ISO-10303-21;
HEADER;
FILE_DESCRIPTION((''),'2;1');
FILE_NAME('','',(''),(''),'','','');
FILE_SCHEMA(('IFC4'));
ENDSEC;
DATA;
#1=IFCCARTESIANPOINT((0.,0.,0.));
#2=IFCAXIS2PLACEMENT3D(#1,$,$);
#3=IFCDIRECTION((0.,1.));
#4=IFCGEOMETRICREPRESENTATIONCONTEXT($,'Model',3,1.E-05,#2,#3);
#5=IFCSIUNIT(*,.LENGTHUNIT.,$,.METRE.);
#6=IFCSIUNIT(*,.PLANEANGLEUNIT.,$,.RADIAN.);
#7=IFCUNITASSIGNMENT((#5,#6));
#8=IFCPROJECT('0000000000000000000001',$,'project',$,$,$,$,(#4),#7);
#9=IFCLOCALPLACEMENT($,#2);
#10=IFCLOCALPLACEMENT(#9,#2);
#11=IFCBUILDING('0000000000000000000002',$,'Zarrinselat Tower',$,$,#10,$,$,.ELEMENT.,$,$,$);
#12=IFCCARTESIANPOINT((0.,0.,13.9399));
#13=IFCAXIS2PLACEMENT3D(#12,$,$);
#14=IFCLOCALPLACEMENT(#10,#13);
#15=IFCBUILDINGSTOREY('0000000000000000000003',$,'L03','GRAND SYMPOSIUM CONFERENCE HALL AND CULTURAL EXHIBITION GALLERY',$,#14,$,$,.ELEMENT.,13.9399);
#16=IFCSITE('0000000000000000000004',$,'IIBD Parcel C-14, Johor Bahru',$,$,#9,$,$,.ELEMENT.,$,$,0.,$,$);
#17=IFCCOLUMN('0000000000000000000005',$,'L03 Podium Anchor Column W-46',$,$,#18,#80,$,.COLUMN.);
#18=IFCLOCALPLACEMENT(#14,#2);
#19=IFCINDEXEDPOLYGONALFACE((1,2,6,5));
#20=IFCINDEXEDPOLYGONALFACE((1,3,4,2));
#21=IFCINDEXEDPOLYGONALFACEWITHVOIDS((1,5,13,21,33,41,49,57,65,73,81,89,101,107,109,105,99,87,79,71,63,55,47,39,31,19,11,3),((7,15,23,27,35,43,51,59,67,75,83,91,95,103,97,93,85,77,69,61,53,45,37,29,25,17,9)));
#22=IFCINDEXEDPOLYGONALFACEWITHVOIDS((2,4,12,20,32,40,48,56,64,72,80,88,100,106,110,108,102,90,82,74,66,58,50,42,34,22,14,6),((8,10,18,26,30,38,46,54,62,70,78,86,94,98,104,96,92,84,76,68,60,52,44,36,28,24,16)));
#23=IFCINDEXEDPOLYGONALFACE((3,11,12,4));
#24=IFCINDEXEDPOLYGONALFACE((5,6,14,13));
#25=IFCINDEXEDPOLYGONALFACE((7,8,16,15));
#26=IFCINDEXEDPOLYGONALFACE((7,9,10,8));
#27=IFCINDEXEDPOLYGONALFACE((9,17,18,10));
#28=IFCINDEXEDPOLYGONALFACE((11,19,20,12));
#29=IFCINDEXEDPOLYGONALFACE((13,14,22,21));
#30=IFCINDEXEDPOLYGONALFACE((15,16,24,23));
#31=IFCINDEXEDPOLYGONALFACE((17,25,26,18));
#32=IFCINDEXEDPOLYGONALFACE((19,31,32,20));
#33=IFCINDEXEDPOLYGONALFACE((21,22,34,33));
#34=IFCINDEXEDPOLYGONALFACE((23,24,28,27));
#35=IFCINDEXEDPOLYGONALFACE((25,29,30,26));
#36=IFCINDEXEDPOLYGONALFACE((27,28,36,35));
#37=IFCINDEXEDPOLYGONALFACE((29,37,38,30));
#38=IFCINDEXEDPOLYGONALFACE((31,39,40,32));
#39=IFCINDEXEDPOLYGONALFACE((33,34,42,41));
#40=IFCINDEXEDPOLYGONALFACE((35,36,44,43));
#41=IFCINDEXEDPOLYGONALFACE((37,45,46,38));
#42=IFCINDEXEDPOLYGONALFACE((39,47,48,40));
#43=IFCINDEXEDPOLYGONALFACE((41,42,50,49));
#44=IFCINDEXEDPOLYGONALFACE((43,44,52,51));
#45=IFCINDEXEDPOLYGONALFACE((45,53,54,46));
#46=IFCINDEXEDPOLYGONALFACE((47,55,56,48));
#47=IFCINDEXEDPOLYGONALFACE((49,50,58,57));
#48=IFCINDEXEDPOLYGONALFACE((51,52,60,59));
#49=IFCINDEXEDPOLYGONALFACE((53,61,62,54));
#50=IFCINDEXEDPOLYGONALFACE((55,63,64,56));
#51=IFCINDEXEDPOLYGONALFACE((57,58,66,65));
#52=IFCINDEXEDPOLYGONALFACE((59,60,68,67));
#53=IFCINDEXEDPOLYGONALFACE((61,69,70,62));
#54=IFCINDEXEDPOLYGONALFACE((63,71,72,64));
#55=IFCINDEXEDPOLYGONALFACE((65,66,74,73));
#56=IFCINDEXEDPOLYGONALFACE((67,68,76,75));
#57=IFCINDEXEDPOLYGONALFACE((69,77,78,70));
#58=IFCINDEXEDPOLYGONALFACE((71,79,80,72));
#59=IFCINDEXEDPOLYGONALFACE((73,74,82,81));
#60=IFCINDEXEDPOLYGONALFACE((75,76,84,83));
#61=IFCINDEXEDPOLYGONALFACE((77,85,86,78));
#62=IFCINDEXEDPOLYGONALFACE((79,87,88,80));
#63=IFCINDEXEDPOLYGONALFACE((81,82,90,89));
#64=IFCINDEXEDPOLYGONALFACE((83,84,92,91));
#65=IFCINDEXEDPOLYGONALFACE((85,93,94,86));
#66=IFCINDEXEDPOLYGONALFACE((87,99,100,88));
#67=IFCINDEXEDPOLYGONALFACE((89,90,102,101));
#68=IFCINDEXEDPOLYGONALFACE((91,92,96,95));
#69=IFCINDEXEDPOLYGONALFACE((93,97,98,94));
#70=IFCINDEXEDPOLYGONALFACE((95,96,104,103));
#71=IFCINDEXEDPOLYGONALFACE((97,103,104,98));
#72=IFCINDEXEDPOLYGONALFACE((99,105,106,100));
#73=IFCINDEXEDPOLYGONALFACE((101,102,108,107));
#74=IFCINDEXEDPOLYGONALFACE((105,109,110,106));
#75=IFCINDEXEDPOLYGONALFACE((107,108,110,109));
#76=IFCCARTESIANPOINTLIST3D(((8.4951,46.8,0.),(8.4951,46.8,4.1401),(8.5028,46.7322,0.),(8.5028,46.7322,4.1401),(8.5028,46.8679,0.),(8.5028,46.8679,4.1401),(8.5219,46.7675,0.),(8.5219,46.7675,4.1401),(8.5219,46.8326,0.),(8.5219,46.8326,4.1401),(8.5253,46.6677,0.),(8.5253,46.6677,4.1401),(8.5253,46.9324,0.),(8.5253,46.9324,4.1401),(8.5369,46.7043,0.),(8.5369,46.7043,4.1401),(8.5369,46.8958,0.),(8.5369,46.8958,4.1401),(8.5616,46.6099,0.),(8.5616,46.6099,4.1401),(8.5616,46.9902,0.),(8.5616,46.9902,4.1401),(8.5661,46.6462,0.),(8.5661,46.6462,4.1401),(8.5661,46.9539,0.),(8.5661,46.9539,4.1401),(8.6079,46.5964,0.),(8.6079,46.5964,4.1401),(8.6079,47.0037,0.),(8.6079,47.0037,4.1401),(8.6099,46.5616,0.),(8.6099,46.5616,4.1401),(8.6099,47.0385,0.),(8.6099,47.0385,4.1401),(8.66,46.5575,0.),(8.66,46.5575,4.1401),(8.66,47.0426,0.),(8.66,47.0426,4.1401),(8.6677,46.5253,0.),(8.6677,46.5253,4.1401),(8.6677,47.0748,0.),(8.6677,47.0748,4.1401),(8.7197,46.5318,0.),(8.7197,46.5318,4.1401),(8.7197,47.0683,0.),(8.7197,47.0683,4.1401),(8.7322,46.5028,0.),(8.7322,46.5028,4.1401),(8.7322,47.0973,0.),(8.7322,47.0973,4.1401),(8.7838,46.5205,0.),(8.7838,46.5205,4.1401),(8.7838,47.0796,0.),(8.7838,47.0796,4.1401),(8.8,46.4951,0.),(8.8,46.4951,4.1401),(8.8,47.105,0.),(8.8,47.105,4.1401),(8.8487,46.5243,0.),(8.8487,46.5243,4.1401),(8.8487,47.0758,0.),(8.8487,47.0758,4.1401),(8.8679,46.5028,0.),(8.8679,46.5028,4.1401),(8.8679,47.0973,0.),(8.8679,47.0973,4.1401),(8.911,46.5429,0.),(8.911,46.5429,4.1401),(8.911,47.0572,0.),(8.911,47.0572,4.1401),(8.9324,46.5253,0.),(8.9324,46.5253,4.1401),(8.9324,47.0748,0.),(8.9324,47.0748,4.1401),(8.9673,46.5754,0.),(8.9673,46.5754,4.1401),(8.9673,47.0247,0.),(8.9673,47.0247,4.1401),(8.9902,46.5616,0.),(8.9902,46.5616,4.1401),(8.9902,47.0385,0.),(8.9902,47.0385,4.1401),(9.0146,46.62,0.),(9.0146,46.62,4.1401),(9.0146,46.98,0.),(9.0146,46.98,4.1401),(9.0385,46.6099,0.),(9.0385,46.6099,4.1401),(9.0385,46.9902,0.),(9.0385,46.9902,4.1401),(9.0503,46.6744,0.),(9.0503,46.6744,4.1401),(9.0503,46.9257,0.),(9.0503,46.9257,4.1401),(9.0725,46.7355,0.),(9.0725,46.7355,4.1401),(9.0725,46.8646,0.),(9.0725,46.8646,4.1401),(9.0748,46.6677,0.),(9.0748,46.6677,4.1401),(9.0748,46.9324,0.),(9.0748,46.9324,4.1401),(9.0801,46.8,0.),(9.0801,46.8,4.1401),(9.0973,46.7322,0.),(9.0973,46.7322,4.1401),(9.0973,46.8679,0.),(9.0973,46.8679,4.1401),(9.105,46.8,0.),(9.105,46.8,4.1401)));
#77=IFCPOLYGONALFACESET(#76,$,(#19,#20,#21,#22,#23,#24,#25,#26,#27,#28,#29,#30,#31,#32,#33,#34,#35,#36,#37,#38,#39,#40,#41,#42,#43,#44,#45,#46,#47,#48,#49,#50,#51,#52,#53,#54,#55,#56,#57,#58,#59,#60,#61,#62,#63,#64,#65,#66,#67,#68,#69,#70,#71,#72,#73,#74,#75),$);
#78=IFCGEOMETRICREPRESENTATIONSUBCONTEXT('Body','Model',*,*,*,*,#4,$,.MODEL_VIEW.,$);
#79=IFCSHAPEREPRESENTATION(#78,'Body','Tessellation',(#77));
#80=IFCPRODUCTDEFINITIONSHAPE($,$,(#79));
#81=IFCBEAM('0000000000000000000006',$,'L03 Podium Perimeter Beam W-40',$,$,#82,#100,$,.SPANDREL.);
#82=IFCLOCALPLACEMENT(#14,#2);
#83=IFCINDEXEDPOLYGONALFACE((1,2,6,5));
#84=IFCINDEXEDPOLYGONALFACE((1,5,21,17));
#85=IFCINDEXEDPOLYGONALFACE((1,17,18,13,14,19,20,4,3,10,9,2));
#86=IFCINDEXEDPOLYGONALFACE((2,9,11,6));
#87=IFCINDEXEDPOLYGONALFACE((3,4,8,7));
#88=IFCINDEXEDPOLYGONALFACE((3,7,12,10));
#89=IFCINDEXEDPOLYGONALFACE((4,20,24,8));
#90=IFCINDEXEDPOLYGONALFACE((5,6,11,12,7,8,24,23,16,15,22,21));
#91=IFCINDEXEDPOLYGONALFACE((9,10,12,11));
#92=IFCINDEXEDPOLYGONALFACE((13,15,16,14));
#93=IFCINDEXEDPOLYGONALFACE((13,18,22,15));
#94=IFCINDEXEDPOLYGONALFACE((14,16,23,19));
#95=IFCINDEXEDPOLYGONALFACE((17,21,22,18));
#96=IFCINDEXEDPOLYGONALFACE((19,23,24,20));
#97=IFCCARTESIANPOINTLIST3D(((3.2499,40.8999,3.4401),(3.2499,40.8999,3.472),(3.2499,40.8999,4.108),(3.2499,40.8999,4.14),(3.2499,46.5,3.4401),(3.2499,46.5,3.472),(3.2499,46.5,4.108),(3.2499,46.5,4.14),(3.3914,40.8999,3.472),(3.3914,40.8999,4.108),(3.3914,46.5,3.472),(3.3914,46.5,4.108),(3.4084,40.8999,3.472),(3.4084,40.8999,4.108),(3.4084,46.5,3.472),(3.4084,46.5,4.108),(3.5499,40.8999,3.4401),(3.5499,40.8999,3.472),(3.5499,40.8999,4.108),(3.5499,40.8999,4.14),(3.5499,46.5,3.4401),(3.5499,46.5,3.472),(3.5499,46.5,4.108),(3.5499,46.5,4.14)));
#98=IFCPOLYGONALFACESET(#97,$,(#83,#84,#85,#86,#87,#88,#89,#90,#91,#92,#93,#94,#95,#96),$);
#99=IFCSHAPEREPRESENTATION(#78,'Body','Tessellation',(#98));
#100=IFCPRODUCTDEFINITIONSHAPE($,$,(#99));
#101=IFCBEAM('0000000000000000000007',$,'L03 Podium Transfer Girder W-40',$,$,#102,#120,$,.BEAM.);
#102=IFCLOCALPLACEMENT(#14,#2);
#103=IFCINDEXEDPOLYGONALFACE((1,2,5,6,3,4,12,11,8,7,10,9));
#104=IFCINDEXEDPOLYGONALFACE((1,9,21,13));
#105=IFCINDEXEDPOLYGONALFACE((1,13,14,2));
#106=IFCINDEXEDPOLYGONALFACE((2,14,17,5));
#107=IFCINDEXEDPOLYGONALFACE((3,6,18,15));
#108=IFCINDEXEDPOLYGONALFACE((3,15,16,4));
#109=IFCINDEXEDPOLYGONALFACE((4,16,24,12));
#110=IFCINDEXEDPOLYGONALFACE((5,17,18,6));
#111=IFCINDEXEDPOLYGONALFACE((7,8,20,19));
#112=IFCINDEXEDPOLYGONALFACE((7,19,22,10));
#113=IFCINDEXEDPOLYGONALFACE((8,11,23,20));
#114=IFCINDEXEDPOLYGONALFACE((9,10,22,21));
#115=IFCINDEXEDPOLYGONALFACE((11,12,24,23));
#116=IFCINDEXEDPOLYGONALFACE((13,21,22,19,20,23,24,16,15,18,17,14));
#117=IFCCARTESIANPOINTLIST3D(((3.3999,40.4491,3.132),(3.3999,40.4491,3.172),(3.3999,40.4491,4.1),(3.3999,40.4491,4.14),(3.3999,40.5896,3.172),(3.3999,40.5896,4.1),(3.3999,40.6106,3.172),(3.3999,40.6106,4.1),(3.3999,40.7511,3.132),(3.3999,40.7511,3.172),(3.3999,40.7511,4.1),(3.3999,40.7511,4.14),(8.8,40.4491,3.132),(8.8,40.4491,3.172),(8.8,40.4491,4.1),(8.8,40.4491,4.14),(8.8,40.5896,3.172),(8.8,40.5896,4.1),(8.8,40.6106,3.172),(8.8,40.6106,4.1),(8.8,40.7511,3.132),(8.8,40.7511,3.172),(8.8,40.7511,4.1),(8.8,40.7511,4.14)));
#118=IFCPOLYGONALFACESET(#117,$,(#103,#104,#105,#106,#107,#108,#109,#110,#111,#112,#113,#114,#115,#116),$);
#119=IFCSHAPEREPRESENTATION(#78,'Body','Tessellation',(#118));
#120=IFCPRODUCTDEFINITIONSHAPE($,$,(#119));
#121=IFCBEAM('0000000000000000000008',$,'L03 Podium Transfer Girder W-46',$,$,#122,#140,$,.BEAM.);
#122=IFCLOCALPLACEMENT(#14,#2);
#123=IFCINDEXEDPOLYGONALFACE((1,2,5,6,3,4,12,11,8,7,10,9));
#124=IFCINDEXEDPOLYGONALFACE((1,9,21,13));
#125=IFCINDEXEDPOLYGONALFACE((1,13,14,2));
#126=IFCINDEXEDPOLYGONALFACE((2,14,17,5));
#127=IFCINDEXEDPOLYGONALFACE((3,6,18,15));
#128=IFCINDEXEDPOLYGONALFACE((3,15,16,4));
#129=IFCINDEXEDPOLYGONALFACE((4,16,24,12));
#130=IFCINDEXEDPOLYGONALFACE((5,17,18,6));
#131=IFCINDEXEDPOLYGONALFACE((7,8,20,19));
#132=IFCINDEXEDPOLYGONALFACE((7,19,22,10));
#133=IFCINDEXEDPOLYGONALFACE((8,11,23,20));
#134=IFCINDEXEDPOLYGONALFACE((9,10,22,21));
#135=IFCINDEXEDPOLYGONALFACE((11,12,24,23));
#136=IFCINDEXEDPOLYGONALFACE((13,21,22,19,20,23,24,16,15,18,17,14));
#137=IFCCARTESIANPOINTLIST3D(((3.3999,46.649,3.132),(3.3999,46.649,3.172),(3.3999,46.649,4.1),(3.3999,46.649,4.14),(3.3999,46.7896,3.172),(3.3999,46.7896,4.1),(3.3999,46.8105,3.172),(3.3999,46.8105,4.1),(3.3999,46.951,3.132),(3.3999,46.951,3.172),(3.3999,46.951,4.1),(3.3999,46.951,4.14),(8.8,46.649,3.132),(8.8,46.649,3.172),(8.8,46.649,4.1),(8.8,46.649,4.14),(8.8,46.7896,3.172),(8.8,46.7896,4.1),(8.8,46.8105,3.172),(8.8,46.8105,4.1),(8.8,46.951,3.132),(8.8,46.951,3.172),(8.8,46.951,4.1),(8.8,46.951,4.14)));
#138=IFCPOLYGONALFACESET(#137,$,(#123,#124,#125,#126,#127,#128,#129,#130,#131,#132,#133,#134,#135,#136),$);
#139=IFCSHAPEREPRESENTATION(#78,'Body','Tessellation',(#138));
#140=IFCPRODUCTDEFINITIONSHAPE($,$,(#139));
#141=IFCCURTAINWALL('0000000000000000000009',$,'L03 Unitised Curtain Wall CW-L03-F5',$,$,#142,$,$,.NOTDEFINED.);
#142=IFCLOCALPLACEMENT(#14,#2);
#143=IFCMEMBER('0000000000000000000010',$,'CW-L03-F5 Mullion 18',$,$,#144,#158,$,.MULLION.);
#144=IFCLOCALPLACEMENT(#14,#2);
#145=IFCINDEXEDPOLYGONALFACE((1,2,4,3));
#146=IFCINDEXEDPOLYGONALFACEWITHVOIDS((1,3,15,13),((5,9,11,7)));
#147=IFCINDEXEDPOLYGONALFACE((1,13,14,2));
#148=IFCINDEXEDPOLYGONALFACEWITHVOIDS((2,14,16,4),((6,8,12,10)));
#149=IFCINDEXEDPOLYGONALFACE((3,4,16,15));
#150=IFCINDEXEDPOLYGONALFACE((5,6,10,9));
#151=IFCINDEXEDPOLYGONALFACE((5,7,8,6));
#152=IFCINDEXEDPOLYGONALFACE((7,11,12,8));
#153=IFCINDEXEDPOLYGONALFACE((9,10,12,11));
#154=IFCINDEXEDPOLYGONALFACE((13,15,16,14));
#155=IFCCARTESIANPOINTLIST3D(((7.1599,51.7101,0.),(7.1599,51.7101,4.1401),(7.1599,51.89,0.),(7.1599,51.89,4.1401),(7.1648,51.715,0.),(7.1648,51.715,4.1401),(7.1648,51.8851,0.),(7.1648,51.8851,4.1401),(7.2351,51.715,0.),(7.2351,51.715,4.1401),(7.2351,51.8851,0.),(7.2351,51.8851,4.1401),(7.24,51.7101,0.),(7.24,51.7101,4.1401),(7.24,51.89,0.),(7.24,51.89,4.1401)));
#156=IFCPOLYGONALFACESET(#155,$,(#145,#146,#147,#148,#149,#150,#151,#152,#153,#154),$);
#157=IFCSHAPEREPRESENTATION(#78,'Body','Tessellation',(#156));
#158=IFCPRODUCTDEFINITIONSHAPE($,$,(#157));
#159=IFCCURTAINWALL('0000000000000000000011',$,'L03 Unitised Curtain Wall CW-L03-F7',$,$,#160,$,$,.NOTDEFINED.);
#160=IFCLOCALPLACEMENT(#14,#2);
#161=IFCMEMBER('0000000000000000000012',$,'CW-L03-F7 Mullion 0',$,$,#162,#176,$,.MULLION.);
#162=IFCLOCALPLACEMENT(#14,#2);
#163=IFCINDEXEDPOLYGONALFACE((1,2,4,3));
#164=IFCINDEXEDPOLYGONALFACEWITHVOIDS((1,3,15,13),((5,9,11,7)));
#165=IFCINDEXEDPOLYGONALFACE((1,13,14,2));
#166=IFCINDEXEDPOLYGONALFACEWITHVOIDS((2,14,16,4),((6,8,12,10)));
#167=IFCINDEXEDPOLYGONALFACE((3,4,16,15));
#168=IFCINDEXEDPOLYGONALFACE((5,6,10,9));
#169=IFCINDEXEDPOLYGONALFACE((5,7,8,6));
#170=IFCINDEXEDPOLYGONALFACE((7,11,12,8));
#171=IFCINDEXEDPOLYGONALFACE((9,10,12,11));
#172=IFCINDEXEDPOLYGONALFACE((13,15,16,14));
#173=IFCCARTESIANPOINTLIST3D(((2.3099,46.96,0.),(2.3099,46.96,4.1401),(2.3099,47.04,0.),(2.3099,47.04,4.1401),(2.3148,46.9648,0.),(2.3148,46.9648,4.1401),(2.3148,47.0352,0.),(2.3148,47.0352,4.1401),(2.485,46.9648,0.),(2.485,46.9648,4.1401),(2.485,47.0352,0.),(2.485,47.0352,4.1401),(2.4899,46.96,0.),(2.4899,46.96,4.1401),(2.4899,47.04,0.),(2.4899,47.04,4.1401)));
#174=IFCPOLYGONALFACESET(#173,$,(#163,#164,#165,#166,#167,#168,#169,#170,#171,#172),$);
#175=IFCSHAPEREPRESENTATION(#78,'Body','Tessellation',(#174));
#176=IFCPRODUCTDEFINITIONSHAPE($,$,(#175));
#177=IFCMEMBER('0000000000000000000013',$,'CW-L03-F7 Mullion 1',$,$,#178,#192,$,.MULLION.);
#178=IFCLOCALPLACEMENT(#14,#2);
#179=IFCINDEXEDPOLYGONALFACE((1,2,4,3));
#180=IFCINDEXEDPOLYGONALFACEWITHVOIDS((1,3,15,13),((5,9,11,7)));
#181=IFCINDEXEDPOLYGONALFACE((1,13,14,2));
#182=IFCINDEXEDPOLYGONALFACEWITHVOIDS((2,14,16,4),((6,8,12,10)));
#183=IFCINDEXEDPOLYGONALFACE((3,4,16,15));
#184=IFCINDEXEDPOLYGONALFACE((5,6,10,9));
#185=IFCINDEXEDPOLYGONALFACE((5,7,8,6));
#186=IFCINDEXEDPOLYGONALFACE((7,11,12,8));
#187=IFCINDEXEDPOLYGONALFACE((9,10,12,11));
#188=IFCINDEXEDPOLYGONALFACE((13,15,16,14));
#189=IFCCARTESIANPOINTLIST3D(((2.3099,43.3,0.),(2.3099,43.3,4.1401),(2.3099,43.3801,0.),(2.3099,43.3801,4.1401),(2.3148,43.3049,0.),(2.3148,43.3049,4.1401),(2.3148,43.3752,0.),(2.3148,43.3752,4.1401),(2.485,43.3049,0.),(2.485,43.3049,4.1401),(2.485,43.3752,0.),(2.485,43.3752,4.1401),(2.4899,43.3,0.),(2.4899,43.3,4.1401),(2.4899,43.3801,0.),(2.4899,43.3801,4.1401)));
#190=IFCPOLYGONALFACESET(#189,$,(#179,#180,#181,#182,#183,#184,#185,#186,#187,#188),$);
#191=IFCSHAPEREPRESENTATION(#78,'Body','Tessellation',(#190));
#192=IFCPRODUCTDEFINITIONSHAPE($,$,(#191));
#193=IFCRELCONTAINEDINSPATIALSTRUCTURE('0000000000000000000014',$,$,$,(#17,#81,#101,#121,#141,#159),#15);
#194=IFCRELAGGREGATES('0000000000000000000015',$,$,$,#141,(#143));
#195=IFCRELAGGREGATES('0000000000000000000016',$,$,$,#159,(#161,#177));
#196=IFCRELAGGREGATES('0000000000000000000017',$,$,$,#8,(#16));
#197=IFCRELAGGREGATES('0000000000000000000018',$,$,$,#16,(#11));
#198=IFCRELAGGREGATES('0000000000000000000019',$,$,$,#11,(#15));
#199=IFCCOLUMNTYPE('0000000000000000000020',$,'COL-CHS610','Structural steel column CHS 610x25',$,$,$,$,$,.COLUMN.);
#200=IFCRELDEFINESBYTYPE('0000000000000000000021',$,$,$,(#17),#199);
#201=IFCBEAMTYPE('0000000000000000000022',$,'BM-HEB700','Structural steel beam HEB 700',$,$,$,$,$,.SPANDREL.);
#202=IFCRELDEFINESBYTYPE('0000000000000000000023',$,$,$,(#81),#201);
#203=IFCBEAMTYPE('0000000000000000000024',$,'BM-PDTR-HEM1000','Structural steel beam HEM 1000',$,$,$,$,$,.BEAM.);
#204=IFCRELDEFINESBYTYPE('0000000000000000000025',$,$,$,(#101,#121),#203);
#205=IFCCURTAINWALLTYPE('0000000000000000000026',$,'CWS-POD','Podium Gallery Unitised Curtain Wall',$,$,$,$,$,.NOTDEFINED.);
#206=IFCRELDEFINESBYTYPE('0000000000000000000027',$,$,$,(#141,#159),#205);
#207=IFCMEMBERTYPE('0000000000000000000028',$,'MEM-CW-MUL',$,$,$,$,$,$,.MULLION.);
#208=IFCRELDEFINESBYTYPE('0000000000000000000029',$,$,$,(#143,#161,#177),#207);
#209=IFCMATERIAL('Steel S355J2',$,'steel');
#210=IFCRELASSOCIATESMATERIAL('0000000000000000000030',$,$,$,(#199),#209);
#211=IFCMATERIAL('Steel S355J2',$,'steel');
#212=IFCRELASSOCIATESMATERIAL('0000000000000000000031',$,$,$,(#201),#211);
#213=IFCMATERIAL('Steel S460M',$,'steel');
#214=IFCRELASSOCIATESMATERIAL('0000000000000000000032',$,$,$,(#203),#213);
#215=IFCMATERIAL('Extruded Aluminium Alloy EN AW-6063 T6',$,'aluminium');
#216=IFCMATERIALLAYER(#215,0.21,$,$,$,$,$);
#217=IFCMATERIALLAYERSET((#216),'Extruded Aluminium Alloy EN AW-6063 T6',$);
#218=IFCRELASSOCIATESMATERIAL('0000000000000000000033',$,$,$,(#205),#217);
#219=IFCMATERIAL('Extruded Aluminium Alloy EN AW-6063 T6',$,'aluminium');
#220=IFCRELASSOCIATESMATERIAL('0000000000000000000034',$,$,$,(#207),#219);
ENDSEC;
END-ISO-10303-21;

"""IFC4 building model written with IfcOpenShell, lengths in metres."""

from ifc_helpers import new_model, si_unit, direction, frame, origin, origin_2d, place, context, subcontext, project, spatial, hollow_rectangle, hollow_circle, i_section, extrude, material, layer, layer_set, material_profile, profile_set, type_object, element, aggregate, save


model = new_model("IFC4")

# Units and contexts
model_context = context("Model", 3, precision=1e-05, world=origin(), true_north=direction((0.0, 1.0)))
body_context = subcontext(model_context, "Body", "Model", "MODEL_VIEW")
ifc_project = project(units=[si_unit("LENGTHUNIT", "METRE"), si_unit("PLANEANGLEUNIT", "RADIAN")], contexts=[model_context])

# Site, building, storey
site_placement = place(None, origin())
site = spatial("IfcSite", under=ifc_project, at=site_placement, Name="IIBD Parcel C-14, Johor Bahru", CompositionType="ELEMENT", RefElevation=0.0)
building_placement = place(site_placement, origin())
building = spatial("IfcBuilding", under=site, at=building_placement, Name="Zarrinselat Tower", CompositionType="ELEMENT")
storey_placement = place(building_placement, frame((0.0, 0.0, 13.9399)))
storey = spatial("IfcBuildingStorey", under=building, at=storey_placement, Name="L03", Description="GRAND SYMPOSIUM CONFERENCE HALL AND CULTURAL EXHIBITION GALLERY", CompositionType="ELEMENT", Elevation=13.9399)

# Column
ifc_material_1 = material(Name="Steel S355J2", Category="steel")
ifc_material_profile_1 = material_profile(ifc_material_1, hollow_circle(Radius=0.3049, WallThickness=0.0249, at=origin_2d()), Name="CHS 610x25")
ifc_profile_set_1 = profile_set([ifc_material_profile_1], Name="Steel S355J2")
column_type = type_object("IfcColumnType", Name="COL-CHS610", Description="Structural steel column CHS 610x25", PredefinedType="COLUMN", material=ifc_profile_set_1)
column_1_placement = place(storey_placement, frame((8.8, 46.8, 0.0), z_axis=(0.0, 0.0, 1.0), x_axis=(1.0, 0.0, 0.0)))
element("IfcColumn", 1, at=column_1_placement, inside=storey, type_object=column_type, Name="L03 Podium Anchor Column W-46", PredefinedType="COLUMN", context=body_context, shape_type="SweptSolid", body=[
    extrude(hollow_circle(Radius=0.3049, WallThickness=0.0249, at=origin_2d()), origin(), (0.0, 0.0, 1.0), 4.1401),
])

# Beams
ifc_material_2 = material(Name="Steel S355J2", Category="steel")
ifc_material_profile_2 = material_profile(ifc_material_2, i_section(OverallWidth=0.3, OverallDepth=0.7, WebThickness=0.0171, FlangeThickness=0.032, at=origin_2d()), Name="HEB 700")
ifc_profile_set_2 = profile_set([ifc_material_profile_2], Name="Steel S355J2")
beam_type_1 = type_object("IfcBeamType", Name="BM-HEB700", Description="Structural steel beam HEB 700", PredefinedType="SPANDREL", material=ifc_profile_set_2)
beam_placement = place(storey_placement, frame((3.3999, 40.8999, 3.79), z_axis=(0.0, 1.0, 0.0), x_axis=(-1.0, 0.0, 0.0)))
element("IfcBeam", 2, at=beam_placement, inside=storey, type_object=beam_type_1, Name="L03 Podium Perimeter Beam W-40", PredefinedType="SPANDREL", context=body_context, shape_type="SweptSolid", body=[
    extrude(i_section(OverallWidth=0.3, OverallDepth=0.7, WebThickness=0.0171, FlangeThickness=0.032, at=origin_2d()), origin(), (0.0, 0.0, 1.0), 5.6001),
])
ifc_material_3 = material(Name="Steel S460M", Category="steel")
ifc_material_profile_3 = material_profile(ifc_material_3, i_section(OverallWidth=0.302, OverallDepth=1.0081, WebThickness=0.021, FlangeThickness=0.04, at=origin_2d()), Name="HEM 1000")
ifc_profile_set_3 = profile_set([ifc_material_profile_3], Name="Steel S460M")
beam_type_2 = type_object("IfcBeamType", Name="BM-PDTR-HEM1000", Description="Structural steel beam HEM 1000", PredefinedType="BEAM", material=ifc_profile_set_3)
for number, where, z_axis, x_axis, name in (
    (3, (3.3999, 40.6001, 3.636), (1.0, 0.0, 0.0), (0.0, 1.0, 0.0), "L03 Podium Transfer Girder W-40"),
    (4, (3.3999, 46.8, 3.636), (1.0, 0.0, 0.0), (0.0, 1.0, 0.0), "L03 Podium Transfer Girder W-46"),
):
    element("IfcBeam", number, at=place(storey_placement, frame(where, z_axis=z_axis, x_axis=x_axis)), inside=storey, type_object=beam_type_2, Name=name, PredefinedType="BEAM", context=body_context, shape_type="SweptSolid", body=[
        extrude(i_section(OverallWidth=0.302, OverallDepth=1.0081, WebThickness=0.021, FlangeThickness=0.04, at=origin_2d()), origin(), (0.0, 0.0, 1.0), 5.4001),
    ])

# Curtain wall, member
ifc_material_4 = material(Name="Extruded Aluminium Alloy EN AW-6063 T6", Category="aluminium")
ifc_layer_1 = layer(ifc_material_4, 0.21)
ifc_layer_set_1 = layer_set([ifc_layer_1], Name="Extruded Aluminium Alloy EN AW-6063 T6")
curtain_wall_type = type_object("IfcCurtainWallType", Name="CWS-POD", Description="Podium Gallery Unitised Curtain Wall", PredefinedType="NOTDEFINED", material=ifc_layer_set_1)
curtain_wall_1_placement = place(storey_placement, origin())
curtain_wall_1 = element("IfcCurtainWall", 5, at=curtain_wall_1_placement, inside=storey, type_object=curtain_wall_type, Name="L03 Unitised Curtain Wall CW-L03-F5", PredefinedType="NOTDEFINED")
ifc_material_5 = material(Name="Extruded Aluminium Alloy EN AW-6063 T6", Category="aluminium")
ifc_material_profile_4 = material_profile(ifc_material_5, hollow_rectangle(XDim=0.0801, YDim=0.1799, WallThickness=0.0049, at=origin_2d()), Name="RHS 180x80x5")
ifc_profile_set_4 = profile_set([ifc_material_profile_4], Name="Extruded Aluminium Alloy EN AW-6063 T6")
member_type_1 = type_object("IfcMemberType", Name="MEM-CW-MUL", PredefinedType="MULLION", material=ifc_profile_set_4)
member_1_placement = place(storey_placement, frame((7.2, 51.8, 0.0), z_axis=(0.0, 0.0, 1.0), x_axis=(-1.0, 0.0, 0.0)))
member_1 = element("IfcMember", 6, at=member_1_placement, type_object=member_type_1, Name="CW-L03-F5 Mullion 18", PredefinedType="MULLION", context=body_context, shape_type="SweptSolid", body=[
    extrude(hollow_rectangle(XDim=0.0801, YDim=0.1799, WallThickness=0.0049, at=origin_2d()), origin(), (0.0, 0.0, 1.0), 4.1401),
])
aggregate(curtain_wall_1, [member_1])

# Curtain wall, members
curtain_wall_2_placement = place(storey_placement, origin())
curtain_wall_2 = element("IfcCurtainWall", 7, at=curtain_wall_2_placement, inside=storey, type_object=curtain_wall_type, Name="L03 Unitised Curtain Wall CW-L03-F7", PredefinedType="NOTDEFINED")
member_2_placement = place(storey_placement, frame((2.3999, 47.0, 0.0), z_axis=(0.0, 0.0, 1.0), x_axis=(0.0, -1.0, 0.0)))
member_2 = element("IfcMember", 8, at=member_2_placement, type_object=member_type_1, Name="CW-L03-F7 Mullion 0", PredefinedType="MULLION", context=body_context, shape_type="SweptSolid", body=[
    extrude(hollow_rectangle(XDim=0.0801, YDim=0.1799, WallThickness=0.0049, at=origin_2d()), origin(), (0.0, 0.0, 1.0), 4.1401),
])
member_3_placement = place(storey_placement, frame((2.3999, 43.3401, 0.0), z_axis=(0.0, 0.0, 1.0), x_axis=(0.0, -1.0, 0.0)))
member_3 = element("IfcMember", 9, at=member_3_placement, type_object=member_type_1, Name="CW-L03-F7 Mullion 1", PredefinedType="MULLION", context=body_context, shape_type="SweptSolid", body=[
    extrude(hollow_rectangle(XDim=0.0801, YDim=0.1799, WallThickness=0.0049, at=origin_2d()), origin(), (0.0, 0.0, 1.0), 4.1401),
])
aggregate(curtain_wall_2, [member_2, member_3])

save(model, "model.ifc")
